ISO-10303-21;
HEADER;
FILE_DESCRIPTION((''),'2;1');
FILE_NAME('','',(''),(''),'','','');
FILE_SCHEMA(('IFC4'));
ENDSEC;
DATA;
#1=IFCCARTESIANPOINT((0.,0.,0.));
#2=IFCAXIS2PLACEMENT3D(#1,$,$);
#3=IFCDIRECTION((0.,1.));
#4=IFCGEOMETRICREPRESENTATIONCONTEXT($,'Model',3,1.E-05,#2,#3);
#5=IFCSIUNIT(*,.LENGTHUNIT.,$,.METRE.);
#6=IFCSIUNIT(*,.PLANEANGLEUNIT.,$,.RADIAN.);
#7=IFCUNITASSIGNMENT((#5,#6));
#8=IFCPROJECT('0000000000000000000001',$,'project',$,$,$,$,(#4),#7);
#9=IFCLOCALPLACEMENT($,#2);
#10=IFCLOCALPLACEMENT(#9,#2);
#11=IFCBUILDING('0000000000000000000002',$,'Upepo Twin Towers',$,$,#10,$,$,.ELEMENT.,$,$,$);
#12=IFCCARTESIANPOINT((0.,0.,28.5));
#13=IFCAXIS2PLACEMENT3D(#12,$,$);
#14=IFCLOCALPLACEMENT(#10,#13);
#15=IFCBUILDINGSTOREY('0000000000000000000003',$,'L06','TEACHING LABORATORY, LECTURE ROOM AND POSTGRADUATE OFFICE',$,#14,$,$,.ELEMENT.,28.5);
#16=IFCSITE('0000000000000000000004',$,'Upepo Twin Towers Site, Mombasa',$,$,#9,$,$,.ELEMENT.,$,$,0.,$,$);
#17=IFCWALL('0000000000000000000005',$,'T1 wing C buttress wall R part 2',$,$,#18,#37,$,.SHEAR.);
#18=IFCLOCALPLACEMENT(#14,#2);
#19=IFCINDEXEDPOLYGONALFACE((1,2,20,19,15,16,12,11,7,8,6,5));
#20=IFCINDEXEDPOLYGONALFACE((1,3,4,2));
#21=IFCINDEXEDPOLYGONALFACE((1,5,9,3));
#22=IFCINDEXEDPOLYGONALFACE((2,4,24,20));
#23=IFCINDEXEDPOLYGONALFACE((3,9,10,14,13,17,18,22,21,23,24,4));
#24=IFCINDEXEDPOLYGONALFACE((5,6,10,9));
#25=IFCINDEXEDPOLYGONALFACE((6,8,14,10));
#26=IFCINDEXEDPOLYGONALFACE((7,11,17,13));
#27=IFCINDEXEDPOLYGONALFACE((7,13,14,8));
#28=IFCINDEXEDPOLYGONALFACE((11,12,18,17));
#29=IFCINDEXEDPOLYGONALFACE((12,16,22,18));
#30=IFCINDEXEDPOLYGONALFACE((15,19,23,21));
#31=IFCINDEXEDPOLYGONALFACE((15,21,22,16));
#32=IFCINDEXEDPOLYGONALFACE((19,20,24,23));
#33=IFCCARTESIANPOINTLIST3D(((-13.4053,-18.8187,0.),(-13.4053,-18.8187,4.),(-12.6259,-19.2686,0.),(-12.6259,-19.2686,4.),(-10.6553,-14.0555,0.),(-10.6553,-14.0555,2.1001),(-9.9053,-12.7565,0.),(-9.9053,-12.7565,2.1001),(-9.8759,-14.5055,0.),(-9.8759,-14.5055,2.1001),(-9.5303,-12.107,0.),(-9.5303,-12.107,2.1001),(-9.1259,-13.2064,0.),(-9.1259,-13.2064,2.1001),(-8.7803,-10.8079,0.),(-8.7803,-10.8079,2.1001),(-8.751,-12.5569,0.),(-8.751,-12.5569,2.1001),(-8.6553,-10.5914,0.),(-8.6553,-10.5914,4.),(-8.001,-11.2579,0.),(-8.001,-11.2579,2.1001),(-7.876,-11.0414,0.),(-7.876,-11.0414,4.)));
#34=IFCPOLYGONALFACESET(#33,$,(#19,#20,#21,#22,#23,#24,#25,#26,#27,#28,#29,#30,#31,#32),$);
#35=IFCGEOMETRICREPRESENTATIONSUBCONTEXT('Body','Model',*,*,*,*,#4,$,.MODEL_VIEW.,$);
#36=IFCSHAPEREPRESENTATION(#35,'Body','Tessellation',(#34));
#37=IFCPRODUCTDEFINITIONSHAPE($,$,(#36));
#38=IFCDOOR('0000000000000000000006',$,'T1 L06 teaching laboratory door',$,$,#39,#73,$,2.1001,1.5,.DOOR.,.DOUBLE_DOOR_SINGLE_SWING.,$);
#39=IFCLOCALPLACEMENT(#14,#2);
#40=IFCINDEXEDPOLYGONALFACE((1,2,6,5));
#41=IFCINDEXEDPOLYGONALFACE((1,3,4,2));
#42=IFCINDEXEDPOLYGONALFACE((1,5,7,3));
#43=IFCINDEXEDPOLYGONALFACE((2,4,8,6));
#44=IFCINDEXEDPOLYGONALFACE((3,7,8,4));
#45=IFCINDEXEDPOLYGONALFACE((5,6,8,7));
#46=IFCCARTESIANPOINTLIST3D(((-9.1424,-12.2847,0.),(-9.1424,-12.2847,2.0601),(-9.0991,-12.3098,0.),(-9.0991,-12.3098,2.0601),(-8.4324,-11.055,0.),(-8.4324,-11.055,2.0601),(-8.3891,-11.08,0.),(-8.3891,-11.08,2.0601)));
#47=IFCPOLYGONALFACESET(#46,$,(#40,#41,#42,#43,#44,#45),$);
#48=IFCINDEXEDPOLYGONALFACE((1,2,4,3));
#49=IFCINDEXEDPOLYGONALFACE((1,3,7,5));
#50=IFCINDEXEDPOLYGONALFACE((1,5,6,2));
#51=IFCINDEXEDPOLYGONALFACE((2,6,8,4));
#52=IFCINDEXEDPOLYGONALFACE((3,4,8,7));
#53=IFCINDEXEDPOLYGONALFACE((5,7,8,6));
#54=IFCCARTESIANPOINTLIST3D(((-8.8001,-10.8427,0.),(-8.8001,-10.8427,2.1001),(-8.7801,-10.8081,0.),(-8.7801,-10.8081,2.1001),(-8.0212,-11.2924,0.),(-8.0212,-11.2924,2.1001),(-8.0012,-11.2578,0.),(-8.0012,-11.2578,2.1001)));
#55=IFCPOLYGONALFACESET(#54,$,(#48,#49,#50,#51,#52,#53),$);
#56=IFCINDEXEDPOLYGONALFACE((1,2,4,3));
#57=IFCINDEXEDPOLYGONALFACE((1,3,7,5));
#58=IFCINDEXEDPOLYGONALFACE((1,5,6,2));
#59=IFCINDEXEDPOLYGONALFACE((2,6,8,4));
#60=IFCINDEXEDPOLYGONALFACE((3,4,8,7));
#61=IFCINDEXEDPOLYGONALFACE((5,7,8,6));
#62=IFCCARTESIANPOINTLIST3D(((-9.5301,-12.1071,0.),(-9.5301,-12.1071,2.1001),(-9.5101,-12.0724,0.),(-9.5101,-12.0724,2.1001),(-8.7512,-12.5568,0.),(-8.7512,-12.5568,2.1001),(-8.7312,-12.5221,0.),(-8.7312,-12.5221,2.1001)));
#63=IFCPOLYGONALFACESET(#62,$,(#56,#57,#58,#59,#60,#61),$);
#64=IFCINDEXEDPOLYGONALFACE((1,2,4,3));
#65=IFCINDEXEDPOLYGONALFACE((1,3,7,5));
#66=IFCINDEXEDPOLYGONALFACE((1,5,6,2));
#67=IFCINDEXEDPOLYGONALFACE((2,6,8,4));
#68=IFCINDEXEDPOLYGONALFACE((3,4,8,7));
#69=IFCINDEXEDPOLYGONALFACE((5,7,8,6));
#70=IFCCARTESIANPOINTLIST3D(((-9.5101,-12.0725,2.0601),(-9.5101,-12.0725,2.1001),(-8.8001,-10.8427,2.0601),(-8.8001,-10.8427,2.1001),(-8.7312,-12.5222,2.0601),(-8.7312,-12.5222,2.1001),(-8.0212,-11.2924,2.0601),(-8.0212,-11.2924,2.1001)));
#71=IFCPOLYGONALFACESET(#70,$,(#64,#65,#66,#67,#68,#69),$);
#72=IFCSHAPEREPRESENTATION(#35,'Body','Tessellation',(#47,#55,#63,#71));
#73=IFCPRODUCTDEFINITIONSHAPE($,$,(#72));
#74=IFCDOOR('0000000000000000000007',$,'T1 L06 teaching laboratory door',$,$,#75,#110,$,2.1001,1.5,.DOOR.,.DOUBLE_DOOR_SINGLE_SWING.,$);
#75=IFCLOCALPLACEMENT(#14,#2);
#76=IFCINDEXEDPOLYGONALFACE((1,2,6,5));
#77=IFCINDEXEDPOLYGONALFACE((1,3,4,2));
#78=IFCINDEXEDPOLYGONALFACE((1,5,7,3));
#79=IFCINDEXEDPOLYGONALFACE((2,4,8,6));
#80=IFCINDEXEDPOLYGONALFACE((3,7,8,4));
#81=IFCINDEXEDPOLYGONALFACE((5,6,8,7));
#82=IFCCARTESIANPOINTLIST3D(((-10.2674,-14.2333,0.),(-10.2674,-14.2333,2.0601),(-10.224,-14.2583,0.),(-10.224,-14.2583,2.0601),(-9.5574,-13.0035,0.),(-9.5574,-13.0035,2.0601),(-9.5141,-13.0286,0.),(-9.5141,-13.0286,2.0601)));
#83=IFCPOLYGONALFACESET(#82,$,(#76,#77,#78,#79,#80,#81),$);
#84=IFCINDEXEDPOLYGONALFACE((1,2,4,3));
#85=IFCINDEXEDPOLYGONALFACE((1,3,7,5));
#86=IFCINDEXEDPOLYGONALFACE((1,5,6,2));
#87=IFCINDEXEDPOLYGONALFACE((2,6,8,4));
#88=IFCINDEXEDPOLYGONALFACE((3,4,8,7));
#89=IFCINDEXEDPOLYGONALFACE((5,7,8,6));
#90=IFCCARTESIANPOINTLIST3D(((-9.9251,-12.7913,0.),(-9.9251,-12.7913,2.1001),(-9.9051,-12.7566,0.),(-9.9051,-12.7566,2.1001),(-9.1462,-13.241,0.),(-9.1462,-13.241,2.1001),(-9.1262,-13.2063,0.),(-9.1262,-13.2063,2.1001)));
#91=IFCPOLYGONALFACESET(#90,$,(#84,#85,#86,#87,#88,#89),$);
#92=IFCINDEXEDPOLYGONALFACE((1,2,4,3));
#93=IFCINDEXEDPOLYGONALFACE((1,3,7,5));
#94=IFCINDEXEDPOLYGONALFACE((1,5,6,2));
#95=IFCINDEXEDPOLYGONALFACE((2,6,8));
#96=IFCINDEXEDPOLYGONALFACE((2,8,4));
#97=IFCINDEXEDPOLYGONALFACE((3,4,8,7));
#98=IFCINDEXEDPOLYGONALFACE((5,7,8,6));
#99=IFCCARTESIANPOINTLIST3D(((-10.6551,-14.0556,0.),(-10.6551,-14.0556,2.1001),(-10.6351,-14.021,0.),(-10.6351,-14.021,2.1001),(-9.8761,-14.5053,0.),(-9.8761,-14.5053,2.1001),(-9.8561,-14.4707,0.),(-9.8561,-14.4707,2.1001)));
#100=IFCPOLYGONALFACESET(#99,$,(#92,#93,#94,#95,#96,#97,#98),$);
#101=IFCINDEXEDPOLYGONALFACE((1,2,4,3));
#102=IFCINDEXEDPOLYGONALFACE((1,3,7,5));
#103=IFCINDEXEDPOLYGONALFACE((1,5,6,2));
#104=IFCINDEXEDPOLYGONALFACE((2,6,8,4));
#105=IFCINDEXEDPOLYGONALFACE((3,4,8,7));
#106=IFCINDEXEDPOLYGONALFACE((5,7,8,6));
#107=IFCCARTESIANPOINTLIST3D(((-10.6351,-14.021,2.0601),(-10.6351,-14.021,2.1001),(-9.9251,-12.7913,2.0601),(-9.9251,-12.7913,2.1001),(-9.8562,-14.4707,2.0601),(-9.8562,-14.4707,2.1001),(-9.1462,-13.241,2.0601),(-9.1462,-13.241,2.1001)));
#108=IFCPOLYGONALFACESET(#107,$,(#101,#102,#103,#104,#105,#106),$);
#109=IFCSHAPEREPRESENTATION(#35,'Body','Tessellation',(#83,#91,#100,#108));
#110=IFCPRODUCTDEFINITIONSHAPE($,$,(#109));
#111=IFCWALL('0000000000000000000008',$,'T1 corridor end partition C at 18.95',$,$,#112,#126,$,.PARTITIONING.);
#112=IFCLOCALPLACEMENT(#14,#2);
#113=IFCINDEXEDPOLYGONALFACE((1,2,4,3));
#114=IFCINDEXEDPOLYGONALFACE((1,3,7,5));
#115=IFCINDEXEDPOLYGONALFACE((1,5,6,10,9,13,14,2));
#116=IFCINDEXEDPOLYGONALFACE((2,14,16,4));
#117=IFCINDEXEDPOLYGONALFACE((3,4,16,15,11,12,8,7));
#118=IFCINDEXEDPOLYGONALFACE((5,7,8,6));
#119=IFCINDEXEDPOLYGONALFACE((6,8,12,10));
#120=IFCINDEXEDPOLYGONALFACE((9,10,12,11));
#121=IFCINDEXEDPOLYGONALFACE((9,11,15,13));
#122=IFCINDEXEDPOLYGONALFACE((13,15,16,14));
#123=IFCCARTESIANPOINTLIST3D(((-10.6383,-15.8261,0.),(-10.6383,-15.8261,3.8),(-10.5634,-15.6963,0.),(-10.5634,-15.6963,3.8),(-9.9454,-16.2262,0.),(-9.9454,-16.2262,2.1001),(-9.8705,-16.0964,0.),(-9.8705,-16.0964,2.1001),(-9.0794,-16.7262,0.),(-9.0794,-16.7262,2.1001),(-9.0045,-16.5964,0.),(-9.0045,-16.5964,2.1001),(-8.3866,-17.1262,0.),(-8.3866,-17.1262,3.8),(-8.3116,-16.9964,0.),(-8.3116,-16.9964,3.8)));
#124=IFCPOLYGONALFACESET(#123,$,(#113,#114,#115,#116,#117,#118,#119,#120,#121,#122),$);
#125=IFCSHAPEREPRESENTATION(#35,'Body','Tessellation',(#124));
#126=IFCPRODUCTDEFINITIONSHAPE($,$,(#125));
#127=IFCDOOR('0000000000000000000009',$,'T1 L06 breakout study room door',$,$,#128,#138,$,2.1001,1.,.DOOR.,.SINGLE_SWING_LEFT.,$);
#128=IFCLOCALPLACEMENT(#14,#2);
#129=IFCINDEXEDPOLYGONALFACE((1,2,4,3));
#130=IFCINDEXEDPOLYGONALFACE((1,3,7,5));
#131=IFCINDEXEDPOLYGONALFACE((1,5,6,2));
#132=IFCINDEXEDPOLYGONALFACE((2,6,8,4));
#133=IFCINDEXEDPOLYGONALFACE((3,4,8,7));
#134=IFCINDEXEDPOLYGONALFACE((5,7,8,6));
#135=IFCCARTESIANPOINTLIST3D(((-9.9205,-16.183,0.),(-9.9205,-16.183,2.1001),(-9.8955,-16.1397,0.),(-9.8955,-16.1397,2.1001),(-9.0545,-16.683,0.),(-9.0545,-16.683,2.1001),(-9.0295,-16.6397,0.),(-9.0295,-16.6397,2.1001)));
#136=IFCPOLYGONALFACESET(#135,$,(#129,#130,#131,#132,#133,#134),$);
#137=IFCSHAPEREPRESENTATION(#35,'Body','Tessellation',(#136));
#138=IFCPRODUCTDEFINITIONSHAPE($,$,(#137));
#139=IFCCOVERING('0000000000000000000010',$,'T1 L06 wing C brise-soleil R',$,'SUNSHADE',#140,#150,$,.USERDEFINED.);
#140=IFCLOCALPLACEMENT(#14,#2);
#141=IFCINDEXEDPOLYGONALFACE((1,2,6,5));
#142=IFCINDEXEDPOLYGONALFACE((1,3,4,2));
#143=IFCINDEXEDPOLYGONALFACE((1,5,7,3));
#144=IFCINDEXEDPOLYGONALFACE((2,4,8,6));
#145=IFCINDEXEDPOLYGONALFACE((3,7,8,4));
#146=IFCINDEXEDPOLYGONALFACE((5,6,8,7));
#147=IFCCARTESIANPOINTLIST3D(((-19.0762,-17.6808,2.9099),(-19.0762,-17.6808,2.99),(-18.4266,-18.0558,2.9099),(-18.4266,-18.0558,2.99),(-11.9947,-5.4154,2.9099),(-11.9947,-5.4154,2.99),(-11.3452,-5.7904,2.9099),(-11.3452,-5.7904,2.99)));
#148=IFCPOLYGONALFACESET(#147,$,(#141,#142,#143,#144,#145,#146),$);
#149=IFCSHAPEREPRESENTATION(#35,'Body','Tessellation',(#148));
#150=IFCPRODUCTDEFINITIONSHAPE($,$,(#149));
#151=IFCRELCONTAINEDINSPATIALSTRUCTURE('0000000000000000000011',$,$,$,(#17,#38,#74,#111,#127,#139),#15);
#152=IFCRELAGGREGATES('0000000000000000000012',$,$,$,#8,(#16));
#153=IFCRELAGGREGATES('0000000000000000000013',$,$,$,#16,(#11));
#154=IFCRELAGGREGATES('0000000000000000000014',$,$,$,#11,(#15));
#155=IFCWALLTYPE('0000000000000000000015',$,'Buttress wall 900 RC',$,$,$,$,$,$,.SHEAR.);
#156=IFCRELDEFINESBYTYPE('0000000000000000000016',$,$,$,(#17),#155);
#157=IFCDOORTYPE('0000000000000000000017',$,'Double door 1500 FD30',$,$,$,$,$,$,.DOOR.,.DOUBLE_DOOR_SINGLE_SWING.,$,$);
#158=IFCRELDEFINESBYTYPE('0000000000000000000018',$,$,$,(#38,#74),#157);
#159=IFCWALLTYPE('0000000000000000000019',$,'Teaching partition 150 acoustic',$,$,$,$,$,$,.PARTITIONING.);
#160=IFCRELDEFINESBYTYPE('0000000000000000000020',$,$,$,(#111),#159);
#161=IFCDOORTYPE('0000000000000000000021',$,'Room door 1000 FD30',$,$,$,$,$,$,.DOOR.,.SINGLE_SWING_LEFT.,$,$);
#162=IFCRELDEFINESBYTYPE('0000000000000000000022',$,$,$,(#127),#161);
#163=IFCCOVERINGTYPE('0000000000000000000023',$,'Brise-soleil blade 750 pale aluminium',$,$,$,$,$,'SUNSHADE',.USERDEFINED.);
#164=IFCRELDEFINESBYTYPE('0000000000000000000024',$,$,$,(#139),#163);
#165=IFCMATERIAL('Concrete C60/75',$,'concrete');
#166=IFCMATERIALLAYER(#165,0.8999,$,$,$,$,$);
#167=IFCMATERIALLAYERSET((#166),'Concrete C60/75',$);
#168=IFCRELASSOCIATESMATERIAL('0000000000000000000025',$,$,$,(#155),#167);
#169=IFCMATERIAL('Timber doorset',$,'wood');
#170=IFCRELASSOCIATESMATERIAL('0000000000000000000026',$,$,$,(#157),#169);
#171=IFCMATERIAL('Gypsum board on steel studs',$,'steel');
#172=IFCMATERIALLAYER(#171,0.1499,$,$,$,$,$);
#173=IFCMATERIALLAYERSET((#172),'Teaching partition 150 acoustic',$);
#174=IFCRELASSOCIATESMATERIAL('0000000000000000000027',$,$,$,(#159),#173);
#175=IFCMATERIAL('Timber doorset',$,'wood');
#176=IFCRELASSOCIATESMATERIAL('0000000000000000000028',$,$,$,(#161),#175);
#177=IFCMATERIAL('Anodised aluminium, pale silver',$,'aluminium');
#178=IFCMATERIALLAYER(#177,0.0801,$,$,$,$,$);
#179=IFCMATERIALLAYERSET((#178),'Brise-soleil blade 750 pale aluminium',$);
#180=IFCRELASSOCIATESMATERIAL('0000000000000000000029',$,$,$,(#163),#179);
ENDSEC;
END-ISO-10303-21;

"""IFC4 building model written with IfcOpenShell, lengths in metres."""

from ifc_helpers import new_model, si_unit, direction, frame, frame_2d, origin, origin_2d, place, context, subcontext, project, spatial, rectangle, extrude, material, layer, layer_set, type_object, element, fill, save


model = new_model("IFC4")

# Units and contexts
model_context = context("Model", 3, precision=1e-05, world=origin(), true_north=direction((0.0, 1.0)))
body_context = subcontext(model_context, "Body", "Model", "MODEL_VIEW")
ifc_project = project(units=[si_unit("LENGTHUNIT", "METRE"), si_unit("PLANEANGLEUNIT", "RADIAN")], contexts=[model_context])

# Site, building, storey
site_placement = place(None, origin())
site = spatial("IfcSite", under=ifc_project, at=site_placement, Name="Upepo Twin Towers Site, Mombasa", CompositionType="ELEMENT", RefElevation=0.0)
building_placement = place(site_placement, origin())
building = spatial("IfcBuilding", under=site, at=building_placement, Name="Upepo Twin Towers", CompositionType="ELEMENT")
storey_placement = place(building_placement, frame((0.0, 0.0, 28.5)))
storey = spatial("IfcBuildingStorey", under=building, at=storey_placement, Name="L06", Description="TEACHING LABORATORY, LECTURE ROOM AND POSTGRADUATE OFFICE", CompositionType="ELEMENT", Elevation=28.5)

# Wall, openings, doors
ifc_material_1 = material(Name="Concrete C60/75", Category="concrete")
ifc_layer_1 = layer(ifc_material_1, 0.8999)
ifc_layer_set_1 = layer_set([ifc_layer_1], Name="Concrete C60/75")
wall_type_1 = type_object("IfcWallType", Name="Buttress wall 900 RC", PredefinedType="SHEAR", material=ifc_layer_set_1)
ifc_material_2 = material(Name="Timber doorset", Category="wood")
door_type_1 = type_object("IfcDoorType", Name="Double door 1500 FD30", OperationType="DOUBLE_DOOR_SINGLE_SWING", PredefinedType="DOOR", material=ifc_material_2)
wall_1_placement = place(storey_placement, frame((-8.2656, -10.8164, 0.0), z_axis=(0.0, 0.0, 1.0), x_axis=(-0.499998, -0.866027, 0.0)))
wall_1 = element("IfcWall", 1, at=wall_1_placement, inside=storey, type_object=wall_type_1, Name="T1 wing C buttress wall R part 2", PredefinedType="SHEAR", context=body_context, shape_type="SweptSolid", body=[
    extrude(rectangle(XDim=9.5, YDim=0.8999, at=frame_2d((4.75, 0.0))), origin(), (0.0, 0.0, 1.0), 4.0),
])
opening_1_placement = place(wall_1_placement, frame((0.25, 0.0, 0.0)))
opening_1 = element("IfcOpeningElement", 2, at=opening_1_placement, cuts=wall_1, PredefinedType="OPENING", context=body_context, shape_type="SweptSolid", body=[
    extrude(rectangle(XDim=1.5, YDim=2.1001, at=frame_2d((0.75, 1.05))), frame((0.0, 0.46, 0.0), z_axis=(0.0, -1.0, 0.0), x_axis=(1.0, 0.0, 0.0)), (0.0, 0.0, 1.0), 0.9199),
])
opening_2_placement = place(wall_1_placement, frame((2.5, 0.0, 0.0)))
opening_2 = element("IfcOpeningElement", 3, at=opening_2_placement, cuts=wall_1, PredefinedType="OPENING", context=body_context, shape_type="SweptSolid", body=[
    extrude(rectangle(XDim=1.5, YDim=2.1001, at=frame_2d((0.75, 1.05))), frame((0.0, 0.46, 0.0), z_axis=(0.0, -1.0, 0.0), x_axis=(1.0, 0.0, 0.0)), (0.0, 0.0, 1.0), 0.9199),
])
door_1_placement = place(opening_1_placement, origin())
door_1 = element("IfcDoor", 4, at=door_1_placement, inside=storey, type_object=door_type_1, Name="T1 L06 teaching laboratory door", OperationType="DOUBLE_DOOR_SINGLE_SWING", OverallHeight=2.1001, OverallWidth=1.5, PredefinedType="DOOR", context=body_context, shape_type="SweptSolid", body=[
    extrude(rectangle(XDim=1.42, YDim=2.0601, at=frame_2d((0.75, 1.03))), frame((0.0, 0.0249, 0.0), z_axis=(0.0, -1.0, 0.0), x_axis=(1.0, 0.0, 0.0)), (0.0, 0.0, 1.0), 0.05),
    extrude(rectangle(XDim=0.04, YDim=2.1001, at=frame_2d((0.02, 1.05))), frame((0.0, 0.4497, 0.0), z_axis=(0.0, -1.0, 0.0), x_axis=(1.0, 0.0, 0.0)), (0.0, 0.0, 1.0), 0.8994),
    extrude(rectangle(XDim=0.04, YDim=2.1001, at=frame_2d((1.48, 1.05))), frame((0.0, 0.4497, 0.0), z_axis=(0.0, -1.0, 0.0), x_axis=(1.0, 0.0, 0.0)), (0.0, 0.0, 1.0), 0.8994),
    extrude(rectangle(XDim=1.42, YDim=0.04, at=frame_2d((0.75, 2.0801))), frame((0.0, 0.4497, 0.0), z_axis=(0.0, -1.0, 0.0), x_axis=(1.0, 0.0, 0.0)), (0.0, 0.0, 1.0), 0.8994),
])
fill(opening_1, door_1)
door_2_placement = place(opening_2_placement, origin())
door_2 = element("IfcDoor", 5, at=door_2_placement, inside=storey, type_object=door_type_1, Name="T1 L06 teaching laboratory door", OperationType="DOUBLE_DOOR_SINGLE_SWING", OverallHeight=2.1001, OverallWidth=1.5, PredefinedType="DOOR", context=body_context, shape_type="SweptSolid", body=[
    extrude(rectangle(XDim=1.42, YDim=2.0601, at=frame_2d((0.75, 1.03))), frame((0.0, 0.0249, 0.0), z_axis=(0.0, -1.0, 0.0), x_axis=(1.0, 0.0, 0.0)), (0.0, 0.0, 1.0), 0.05),
    extrude(rectangle(XDim=0.04, YDim=2.1001, at=frame_2d((0.02, 1.05))), frame((0.0, 0.4497, 0.0), z_axis=(0.0, -1.0, 0.0), x_axis=(1.0, 0.0, 0.0)), (0.0, 0.0, 1.0), 0.8994),
    extrude(rectangle(XDim=0.04, YDim=2.1001, at=frame_2d((1.48, 1.05))), frame((0.0, 0.4497, 0.0), z_axis=(0.0, -1.0, 0.0), x_axis=(1.0, 0.0, 0.0)), (0.0, 0.0, 1.0), 0.8994),
    extrude(rectangle(XDim=1.42, YDim=0.04, at=frame_2d((0.75, 2.0801))), frame((0.0, 0.4497, 0.0), z_axis=(0.0, -1.0, 0.0), x_axis=(1.0, 0.0, 0.0)), (0.0, 0.0, 1.0), 0.8994),
])
fill(opening_2, door_2)

# Wall, opening, door
ifc_material_3 = material(Name="Gypsum board on steel studs", Category="steel")
ifc_layer_2 = layer(ifc_material_3, 0.1499)
ifc_layer_set_2 = layer_set([ifc_layer_2], Name="Teaching partition 150 acoustic")
wall_type_2 = type_object("IfcWallType", Name="Teaching partition 150 acoustic", PredefinedType="PARTITIONING", material=ifc_layer_set_2)
wall_2_placement = place(storey_placement, frame((-10.6008, -15.7612, 0.0), z_axis=(0.0, 0.0, 1.0), x_axis=(0.866021, -0.500007, 0.0)))
wall_2 = element("IfcWall", 6, at=wall_2_placement, inside=storey, type_object=wall_type_2, Name="T1 corridor end partition C at 18.95", PredefinedType="PARTITIONING", context=body_context, shape_type="SweptSolid", body=[
    extrude(rectangle(XDim=2.6001, YDim=0.1499, at=frame_2d((1.3, 0.0))), origin(), (0.0, 0.0, 1.0), 3.8),
])
opening_3_placement = place(wall_2_placement, frame((0.8, 0.0, 0.0)))
opening_3 = element("IfcOpeningElement", 7, at=opening_3_placement, cuts=wall_2, PredefinedType="OPENING", context=body_context, shape_type="SweptSolid", body=[
    extrude(rectangle(XDim=1.0, YDim=2.1001, at=frame_2d((0.5, 1.05))), frame((0.0, 0.085, 0.0), z_axis=(0.0, -1.0, 0.0), x_axis=(1.0, 0.0, 0.0)), (0.0, 0.0, 1.0), 0.1699),
])
ifc_material_4 = material(Name="Timber doorset", Category="wood")
door_type_2 = type_object("IfcDoorType", Name="Room door 1000 FD30", OperationType="SINGLE_SWING_LEFT", PredefinedType="DOOR", material=ifc_material_4)
door_3_placement = place(opening_3_placement, origin())
door_3 = element("IfcDoor", 8, at=door_3_placement, inside=storey, type_object=door_type_2, Name="T1 L06 breakout study room door", OperationType="SINGLE_SWING_LEFT", OverallHeight=2.1001, OverallWidth=1.0, PredefinedType="DOOR", context=body_context, shape_type="SweptSolid", body=[
    extrude(rectangle(XDim=1.0, YDim=2.1001, at=frame_2d((0.5, 1.05))), frame((0.0, 0.0249, 0.0), z_axis=(0.0, -1.0, 0.0), x_axis=(1.0, 0.0, 0.0)), (0.0, 0.0, 1.0), 0.05),
])
fill(opening_3, door_3)

# Covering
ifc_material_5 = material(Name="Anodised aluminium, pale silver", Category="aluminium")
ifc_layer_3 = layer(ifc_material_5, 0.0801)
ifc_layer_set_3 = layer_set([ifc_layer_3], Name="Brise-soleil blade 750 pale aluminium")
covering_type = type_object("IfcCoveringType", Name="Brise-soleil blade 750 pale aluminium", ElementType="SUNSHADE", PredefinedType="USERDEFINED", material=ifc_layer_set_3)
covering_placement = place(storey_placement, frame((-15.2107, -11.7356, 2.9099), z_axis=(0.0, 0.0, 1.0), x_axis=(-0.5, -0.866025, 0.0)))
element("IfcCovering", 9, at=covering_placement, inside=storey, type_object=covering_type, Name="T1 L06 wing C brise-soleil R", ObjectType="SUNSHADE", PredefinedType="USERDEFINED", context=body_context, shape_type="SweptSolid", body=[
    extrude(rectangle(XDim=14.1628, YDim=0.75, at=origin_2d()), origin(), (0.0, 0.0, 1.0), 0.0801),
])

save(model, "model.ifc")
